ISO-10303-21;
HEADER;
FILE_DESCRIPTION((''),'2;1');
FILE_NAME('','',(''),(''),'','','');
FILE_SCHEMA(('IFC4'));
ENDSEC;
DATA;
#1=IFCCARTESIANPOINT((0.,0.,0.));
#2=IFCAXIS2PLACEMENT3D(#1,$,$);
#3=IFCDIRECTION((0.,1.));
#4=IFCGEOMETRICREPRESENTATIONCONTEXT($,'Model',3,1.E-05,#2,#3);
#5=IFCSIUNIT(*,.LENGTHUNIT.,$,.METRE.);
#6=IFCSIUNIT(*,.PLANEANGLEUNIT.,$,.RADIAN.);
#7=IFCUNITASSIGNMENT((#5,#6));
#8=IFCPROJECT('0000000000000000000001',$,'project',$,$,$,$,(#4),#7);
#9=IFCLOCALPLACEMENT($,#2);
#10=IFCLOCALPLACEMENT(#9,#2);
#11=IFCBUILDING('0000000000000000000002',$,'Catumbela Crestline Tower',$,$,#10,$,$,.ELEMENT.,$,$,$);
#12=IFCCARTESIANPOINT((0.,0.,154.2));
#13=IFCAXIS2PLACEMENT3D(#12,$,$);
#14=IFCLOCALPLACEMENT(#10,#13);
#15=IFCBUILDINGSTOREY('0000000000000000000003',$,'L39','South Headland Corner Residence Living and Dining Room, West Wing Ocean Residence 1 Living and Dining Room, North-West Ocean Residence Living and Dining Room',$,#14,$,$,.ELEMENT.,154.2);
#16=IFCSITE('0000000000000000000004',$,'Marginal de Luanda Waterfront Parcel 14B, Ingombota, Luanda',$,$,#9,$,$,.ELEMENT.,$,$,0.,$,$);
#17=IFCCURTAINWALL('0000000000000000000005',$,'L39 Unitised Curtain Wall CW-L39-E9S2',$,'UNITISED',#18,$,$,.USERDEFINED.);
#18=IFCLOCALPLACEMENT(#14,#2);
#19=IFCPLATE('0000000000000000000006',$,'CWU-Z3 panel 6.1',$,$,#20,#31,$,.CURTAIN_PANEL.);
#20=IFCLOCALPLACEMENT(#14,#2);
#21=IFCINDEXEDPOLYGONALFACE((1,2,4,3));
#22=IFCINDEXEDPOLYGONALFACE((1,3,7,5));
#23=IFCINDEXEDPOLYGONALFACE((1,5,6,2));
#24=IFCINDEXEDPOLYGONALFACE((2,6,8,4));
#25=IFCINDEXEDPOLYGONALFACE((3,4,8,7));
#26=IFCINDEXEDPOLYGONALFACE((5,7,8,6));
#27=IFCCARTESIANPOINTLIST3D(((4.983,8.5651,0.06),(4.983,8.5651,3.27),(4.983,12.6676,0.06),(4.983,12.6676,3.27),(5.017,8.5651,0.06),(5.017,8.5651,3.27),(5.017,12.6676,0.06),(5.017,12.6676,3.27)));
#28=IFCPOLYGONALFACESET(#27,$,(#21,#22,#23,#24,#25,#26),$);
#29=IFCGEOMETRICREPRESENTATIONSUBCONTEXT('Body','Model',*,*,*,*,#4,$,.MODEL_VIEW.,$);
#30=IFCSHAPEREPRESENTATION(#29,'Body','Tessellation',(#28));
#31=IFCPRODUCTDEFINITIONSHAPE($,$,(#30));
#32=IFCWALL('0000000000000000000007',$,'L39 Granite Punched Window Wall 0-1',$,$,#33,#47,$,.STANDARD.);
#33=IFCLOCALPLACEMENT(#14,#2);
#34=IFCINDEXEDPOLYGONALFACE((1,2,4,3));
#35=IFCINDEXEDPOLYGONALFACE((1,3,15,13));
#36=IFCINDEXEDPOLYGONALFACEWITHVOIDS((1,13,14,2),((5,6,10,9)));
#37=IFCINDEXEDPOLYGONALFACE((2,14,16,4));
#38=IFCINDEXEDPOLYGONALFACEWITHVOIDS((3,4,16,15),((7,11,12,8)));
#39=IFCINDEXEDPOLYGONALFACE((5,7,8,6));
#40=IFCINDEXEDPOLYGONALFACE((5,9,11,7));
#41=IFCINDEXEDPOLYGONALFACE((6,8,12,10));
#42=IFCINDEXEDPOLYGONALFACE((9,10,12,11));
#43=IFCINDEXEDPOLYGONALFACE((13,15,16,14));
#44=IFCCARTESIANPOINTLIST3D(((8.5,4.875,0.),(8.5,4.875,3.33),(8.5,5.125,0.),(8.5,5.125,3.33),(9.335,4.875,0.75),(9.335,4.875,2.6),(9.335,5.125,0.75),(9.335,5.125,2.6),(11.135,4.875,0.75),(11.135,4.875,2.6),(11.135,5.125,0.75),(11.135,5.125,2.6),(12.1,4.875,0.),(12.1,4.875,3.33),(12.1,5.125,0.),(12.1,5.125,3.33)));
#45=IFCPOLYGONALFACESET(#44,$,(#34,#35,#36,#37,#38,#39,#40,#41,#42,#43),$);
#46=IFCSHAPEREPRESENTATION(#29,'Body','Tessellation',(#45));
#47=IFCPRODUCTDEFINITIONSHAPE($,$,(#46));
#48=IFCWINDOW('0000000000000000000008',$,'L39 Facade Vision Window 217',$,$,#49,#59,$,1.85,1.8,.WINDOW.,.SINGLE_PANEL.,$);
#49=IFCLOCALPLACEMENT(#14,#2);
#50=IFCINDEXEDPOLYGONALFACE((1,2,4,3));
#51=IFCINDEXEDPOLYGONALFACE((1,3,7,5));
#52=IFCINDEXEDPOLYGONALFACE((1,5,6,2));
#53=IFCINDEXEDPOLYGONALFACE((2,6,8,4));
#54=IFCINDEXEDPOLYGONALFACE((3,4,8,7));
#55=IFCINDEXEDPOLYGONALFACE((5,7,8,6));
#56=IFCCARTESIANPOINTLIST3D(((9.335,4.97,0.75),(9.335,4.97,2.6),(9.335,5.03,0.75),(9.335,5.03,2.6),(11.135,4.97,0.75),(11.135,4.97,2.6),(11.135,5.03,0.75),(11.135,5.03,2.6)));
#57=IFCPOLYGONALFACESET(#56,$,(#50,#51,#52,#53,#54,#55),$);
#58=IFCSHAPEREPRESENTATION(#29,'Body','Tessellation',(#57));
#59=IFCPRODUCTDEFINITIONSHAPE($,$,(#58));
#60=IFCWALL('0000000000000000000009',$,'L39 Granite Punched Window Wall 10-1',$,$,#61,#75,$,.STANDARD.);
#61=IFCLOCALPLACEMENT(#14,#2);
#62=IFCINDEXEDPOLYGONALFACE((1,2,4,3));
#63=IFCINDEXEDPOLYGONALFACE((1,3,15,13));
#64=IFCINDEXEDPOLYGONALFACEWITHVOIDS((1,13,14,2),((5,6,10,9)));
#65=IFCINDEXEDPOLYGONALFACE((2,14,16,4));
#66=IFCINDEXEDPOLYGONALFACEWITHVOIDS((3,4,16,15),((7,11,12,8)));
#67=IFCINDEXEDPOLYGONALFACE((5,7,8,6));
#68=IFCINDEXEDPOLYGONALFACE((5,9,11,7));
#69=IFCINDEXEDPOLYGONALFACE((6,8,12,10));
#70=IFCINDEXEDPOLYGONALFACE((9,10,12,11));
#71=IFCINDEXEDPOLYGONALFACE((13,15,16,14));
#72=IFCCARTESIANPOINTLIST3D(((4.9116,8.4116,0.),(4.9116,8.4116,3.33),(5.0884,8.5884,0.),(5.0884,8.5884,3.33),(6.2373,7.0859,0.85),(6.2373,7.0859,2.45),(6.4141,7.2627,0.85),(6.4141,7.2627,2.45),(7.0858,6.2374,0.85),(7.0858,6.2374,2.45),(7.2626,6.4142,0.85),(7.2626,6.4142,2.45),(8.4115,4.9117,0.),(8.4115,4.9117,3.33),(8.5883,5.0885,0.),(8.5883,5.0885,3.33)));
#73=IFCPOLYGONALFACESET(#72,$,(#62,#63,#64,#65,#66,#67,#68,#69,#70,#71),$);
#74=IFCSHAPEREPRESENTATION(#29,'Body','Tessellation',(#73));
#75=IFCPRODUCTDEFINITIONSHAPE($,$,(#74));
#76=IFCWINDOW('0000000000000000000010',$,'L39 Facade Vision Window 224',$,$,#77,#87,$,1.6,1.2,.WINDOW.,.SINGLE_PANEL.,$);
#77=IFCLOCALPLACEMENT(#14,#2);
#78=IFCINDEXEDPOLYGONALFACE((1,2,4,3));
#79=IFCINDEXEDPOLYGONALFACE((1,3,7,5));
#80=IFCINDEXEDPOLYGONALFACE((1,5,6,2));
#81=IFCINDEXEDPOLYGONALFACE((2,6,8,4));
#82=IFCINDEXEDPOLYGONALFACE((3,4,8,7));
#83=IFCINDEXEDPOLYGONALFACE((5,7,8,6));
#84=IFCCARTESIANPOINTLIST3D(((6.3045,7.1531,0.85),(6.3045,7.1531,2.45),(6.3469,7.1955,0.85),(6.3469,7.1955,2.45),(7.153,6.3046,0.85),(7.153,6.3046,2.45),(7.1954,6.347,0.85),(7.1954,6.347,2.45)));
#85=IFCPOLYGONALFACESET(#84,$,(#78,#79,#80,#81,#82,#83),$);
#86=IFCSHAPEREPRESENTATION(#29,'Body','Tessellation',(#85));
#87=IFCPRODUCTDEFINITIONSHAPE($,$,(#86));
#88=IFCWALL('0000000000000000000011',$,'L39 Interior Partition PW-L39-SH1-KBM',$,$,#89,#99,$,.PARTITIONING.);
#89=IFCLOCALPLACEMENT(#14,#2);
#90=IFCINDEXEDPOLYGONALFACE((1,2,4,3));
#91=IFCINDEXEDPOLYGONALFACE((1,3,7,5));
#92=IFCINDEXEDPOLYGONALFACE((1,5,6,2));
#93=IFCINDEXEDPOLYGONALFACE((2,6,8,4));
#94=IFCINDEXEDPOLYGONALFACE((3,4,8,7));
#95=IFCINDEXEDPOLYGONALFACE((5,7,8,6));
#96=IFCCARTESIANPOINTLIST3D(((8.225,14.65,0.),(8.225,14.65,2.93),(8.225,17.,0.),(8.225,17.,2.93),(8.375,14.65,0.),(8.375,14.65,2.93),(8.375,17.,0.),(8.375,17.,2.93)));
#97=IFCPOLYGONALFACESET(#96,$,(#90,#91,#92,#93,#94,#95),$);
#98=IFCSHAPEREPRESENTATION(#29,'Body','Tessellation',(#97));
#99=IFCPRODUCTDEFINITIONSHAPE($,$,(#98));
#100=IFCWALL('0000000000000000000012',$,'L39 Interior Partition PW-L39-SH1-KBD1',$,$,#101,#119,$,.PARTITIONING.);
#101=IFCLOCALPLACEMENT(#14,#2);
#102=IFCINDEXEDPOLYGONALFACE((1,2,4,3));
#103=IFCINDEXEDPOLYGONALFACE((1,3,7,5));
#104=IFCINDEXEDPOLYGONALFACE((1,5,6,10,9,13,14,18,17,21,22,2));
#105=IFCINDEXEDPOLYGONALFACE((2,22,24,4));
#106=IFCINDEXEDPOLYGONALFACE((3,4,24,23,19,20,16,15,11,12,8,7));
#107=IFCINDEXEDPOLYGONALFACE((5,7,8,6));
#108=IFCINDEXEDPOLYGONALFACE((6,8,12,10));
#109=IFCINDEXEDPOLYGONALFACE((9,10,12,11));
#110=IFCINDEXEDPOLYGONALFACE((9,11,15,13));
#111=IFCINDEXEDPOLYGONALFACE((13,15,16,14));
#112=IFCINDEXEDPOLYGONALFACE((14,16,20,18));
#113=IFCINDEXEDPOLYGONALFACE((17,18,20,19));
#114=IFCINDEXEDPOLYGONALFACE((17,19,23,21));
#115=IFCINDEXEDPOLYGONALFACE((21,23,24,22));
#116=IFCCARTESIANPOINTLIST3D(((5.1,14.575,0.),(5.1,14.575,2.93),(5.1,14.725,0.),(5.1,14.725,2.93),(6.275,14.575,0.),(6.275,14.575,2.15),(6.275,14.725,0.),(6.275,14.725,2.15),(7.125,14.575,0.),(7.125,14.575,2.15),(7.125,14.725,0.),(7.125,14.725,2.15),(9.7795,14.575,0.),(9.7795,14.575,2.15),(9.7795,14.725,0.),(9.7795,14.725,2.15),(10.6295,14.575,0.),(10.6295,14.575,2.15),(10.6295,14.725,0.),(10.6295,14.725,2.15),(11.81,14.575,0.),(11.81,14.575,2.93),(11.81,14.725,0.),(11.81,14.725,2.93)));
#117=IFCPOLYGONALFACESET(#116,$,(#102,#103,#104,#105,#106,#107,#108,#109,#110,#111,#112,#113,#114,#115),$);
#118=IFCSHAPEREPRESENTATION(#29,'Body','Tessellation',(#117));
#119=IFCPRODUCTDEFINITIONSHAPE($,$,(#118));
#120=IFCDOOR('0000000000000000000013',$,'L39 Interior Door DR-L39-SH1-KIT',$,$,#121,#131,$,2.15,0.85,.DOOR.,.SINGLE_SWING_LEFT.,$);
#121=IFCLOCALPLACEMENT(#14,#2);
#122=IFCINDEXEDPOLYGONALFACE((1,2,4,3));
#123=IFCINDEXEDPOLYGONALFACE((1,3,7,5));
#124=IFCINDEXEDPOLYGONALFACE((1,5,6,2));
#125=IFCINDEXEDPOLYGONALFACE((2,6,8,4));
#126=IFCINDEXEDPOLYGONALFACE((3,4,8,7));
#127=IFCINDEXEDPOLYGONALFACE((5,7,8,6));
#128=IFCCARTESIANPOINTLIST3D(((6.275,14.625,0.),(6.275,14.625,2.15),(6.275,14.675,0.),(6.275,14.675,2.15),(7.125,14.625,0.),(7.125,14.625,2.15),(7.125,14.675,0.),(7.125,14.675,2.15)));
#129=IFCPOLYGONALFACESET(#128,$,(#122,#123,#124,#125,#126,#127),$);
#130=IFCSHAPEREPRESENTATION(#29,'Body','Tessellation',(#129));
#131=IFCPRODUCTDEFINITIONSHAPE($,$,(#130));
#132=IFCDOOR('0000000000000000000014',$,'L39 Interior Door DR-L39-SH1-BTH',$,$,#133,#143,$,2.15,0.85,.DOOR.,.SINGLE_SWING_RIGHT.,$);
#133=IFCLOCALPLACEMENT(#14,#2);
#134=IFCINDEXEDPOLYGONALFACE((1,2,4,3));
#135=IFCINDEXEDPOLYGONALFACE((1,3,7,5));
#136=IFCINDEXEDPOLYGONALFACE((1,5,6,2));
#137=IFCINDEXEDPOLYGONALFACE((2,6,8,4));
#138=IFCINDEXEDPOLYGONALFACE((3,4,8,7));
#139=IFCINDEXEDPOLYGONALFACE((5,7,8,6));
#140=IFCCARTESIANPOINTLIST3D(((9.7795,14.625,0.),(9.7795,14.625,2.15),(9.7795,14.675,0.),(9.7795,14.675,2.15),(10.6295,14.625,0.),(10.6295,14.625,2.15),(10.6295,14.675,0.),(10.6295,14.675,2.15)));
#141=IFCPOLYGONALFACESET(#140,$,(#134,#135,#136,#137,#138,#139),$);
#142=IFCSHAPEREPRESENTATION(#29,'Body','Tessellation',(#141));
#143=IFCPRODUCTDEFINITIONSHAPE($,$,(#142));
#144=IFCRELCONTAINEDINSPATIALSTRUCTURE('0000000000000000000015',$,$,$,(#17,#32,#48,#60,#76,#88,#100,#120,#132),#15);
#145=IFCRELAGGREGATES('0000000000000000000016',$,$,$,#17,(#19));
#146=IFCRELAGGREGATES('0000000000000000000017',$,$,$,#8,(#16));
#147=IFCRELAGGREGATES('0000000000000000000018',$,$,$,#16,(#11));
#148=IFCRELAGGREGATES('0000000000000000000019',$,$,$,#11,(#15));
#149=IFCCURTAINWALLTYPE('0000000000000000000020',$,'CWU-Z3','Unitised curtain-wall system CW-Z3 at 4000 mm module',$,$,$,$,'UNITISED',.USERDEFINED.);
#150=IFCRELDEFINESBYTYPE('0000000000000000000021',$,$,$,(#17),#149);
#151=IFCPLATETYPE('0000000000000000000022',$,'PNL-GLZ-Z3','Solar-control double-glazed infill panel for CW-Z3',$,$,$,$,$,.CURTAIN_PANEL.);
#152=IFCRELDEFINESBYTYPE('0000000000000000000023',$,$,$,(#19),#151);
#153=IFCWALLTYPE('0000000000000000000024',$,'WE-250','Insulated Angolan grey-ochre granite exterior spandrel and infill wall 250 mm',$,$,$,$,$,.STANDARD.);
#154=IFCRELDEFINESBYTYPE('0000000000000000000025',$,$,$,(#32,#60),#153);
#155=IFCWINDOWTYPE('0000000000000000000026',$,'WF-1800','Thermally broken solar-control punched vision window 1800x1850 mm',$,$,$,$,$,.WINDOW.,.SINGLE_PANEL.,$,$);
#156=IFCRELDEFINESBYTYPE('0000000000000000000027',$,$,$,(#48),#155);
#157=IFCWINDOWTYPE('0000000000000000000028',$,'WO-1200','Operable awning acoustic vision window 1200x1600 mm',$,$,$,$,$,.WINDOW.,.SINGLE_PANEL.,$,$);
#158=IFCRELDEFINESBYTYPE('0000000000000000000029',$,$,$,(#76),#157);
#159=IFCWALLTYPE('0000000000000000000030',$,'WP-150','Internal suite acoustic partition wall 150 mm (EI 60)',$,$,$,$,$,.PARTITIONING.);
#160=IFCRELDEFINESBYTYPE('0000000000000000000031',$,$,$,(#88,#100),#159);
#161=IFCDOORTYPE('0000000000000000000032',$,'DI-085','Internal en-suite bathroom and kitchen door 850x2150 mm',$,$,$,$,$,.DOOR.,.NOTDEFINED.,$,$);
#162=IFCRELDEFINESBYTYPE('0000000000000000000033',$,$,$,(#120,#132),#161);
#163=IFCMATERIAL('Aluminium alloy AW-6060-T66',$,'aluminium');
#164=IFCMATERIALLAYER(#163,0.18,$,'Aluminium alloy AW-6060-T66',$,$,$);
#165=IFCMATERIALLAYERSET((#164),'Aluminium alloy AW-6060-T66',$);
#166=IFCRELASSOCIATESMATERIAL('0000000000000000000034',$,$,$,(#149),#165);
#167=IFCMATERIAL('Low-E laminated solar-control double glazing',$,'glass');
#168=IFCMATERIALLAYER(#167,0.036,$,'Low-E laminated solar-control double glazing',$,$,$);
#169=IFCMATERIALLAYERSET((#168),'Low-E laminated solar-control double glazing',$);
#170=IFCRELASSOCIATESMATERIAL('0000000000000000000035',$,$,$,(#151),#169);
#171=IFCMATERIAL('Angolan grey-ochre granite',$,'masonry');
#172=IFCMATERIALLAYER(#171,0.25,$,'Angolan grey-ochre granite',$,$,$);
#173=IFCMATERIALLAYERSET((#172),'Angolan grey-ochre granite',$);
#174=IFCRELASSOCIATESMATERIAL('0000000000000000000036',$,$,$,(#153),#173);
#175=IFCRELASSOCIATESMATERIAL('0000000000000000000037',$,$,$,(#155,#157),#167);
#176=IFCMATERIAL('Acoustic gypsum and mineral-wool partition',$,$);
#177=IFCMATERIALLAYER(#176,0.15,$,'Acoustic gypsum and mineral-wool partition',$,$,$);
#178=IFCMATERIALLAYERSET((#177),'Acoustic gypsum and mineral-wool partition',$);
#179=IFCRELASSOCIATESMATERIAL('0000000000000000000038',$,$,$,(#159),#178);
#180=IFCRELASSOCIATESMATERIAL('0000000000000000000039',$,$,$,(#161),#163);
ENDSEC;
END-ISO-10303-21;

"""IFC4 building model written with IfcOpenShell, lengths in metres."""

from ifc_helpers import new_model, si_unit, direction, frame, frame_2d, origin, origin_2d, place, context, subcontext, project, spatial, rectangle, extrude, material, layer, layer_set, type_object, element, fill, aggregate, save


model = new_model("IFC4")

# Units and contexts
model_context = context("Model", 3, precision=1e-05, world=origin(), true_north=direction((0.0, 1.0)))
body_context = subcontext(model_context, "Body", "Model", "MODEL_VIEW")
ifc_project = project(units=[si_unit("LENGTHUNIT", "METRE"), si_unit("PLANEANGLEUNIT", "RADIAN")], contexts=[model_context])

# Site, building, storey
site_placement = place(None, origin())
site = spatial("IfcSite", under=ifc_project, at=site_placement, Name="Marginal de Luanda Waterfront Parcel 14B, Ingombota, Luanda", CompositionType="ELEMENT", RefElevation=0.0)
building_placement = place(site_placement, origin())
building = spatial("IfcBuilding", under=site, at=building_placement, Name="Catumbela Crestline Tower", CompositionType="ELEMENT")
storey_placement = place(building_placement, frame((0.0, 0.0, 154.2)))
storey = spatial("IfcBuildingStorey", under=building, at=storey_placement, Name="L39", Description="South Headland Corner Residence Living and Dining Room, West Wing Ocean Residence 1 Living and Dining Room, North-West Ocean Residence Living and Dining Room", CompositionType="ELEMENT", Elevation=154.2)

# Curtain wall, plate
ifc_material_1 = material(Name="Aluminium alloy AW-6060-T66", Category="aluminium")
ifc_layer_1 = layer(ifc_material_1, 0.18, Name="Aluminium alloy AW-6060-T66")
ifc_layer_set_1 = layer_set([ifc_layer_1], Name="Aluminium alloy AW-6060-T66")
curtain_wall_type = type_object("IfcCurtainWallType", Name="CWU-Z3", Description="Unitised curtain-wall system CW-Z3 at 4000 mm module", ElementType="UNITISED", PredefinedType="USERDEFINED", material=ifc_layer_set_1)
curtain_wall_placement = place(storey_placement, origin())
curtain_wall = element("IfcCurtainWall", 1, at=curtain_wall_placement, inside=storey, type_object=curtain_wall_type, Name="L39 Unitised Curtain Wall CW-L39-E9S2", ObjectType="UNITISED", PredefinedType="USERDEFINED")
ifc_material_2 = material(Name="Low-E laminated solar-control double glazing", Category="glass")
ifc_layer_2 = layer(ifc_material_2, 0.036, Name="Low-E laminated solar-control double glazing")
ifc_layer_set_2 = layer_set([ifc_layer_2], Name="Low-E laminated solar-control double glazing")
plate_type = type_object("IfcPlateType", Name="PNL-GLZ-Z3", Description="Solar-control double-glazed infill panel for CW-Z3", PredefinedType="CURTAIN_PANEL", material=ifc_layer_set_2)
plate_1_placement = place(storey_placement, frame((5.0, 10.6163, 0.06), z_axis=(0.0, 0.0, 1.0), x_axis=(0.0, -1.0, 0.0)))
plate_1 = element("IfcPlate", 2, at=plate_1_placement, type_object=plate_type, Name="CWU-Z3 panel 6.1", PredefinedType="CURTAIN_PANEL", context=body_context, shape_type="SweptSolid", body=[
    extrude(rectangle(XDim=4.1025, YDim=0.034, at=origin_2d()), origin(), (0.0, 0.0, 1.0), 3.21),
])
aggregate(curtain_wall, [plate_1])

# Walls, openings, windows
ifc_material_3 = material(Name="Angolan grey-ochre granite", Category="masonry")
ifc_layer_3 = layer(ifc_material_3, 0.25, Name="Angolan grey-ochre granite")
ifc_layer_set_3 = layer_set([ifc_layer_3], Name="Angolan grey-ochre granite")
wall_type_1 = type_object("IfcWallType", Name="WE-250", Description="Insulated Angolan grey-ochre granite exterior spandrel and infill wall 250 mm", PredefinedType="STANDARD", material=ifc_layer_set_3)
wall_1_placement = place(storey_placement, frame((8.5, 5.0, 0.0), z_axis=(0.0, 0.0, 1.0), x_axis=(1.0, 0.0, 0.0)))
wall_1 = element("IfcWall", 3, at=wall_1_placement, inside=storey, type_object=wall_type_1, Name="L39 Granite Punched Window Wall 0-1", PredefinedType="STANDARD", context=body_context, shape_type="SweptSolid", body=[
    extrude(rectangle(XDim=3.6, YDim=0.25, at=frame_2d((1.8, 0.0))), origin(), (0.0, 0.0, 1.0), 3.33),
])
opening_1_placement = place(wall_1_placement, frame((0.835, 0.0, 0.75)))
opening_1 = element("IfcOpeningElement", 4, at=opening_1_placement, cuts=wall_1, PredefinedType="OPENING", context=body_context, shape_type="SweptSolid", body=[
    extrude(rectangle(XDim=1.8, YDim=1.85, at=frame_2d((0.9, 0.925))), frame((0.0, 0.135, 0.0), z_axis=(0.0, -1.0, 0.0), x_axis=(1.0, 0.0, 0.0)), (0.0, 0.0, 1.0), 0.27),
])
window_type_1 = type_object("IfcWindowType", Name="WF-1800", Description="Thermally broken solar-control punched vision window 1800x1850 mm", PartitioningType="SINGLE_PANEL", PredefinedType="WINDOW", material=ifc_material_2)
window_1_placement = place(opening_1_placement, origin())
window_1 = element("IfcWindow", 5, at=window_1_placement, inside=storey, type_object=window_type_1, Name="L39 Facade Vision Window 217", OverallHeight=1.85, OverallWidth=1.8, PartitioningType="SINGLE_PANEL", PredefinedType="WINDOW", context=body_context, shape_type="SweptSolid", body=[
    extrude(rectangle(XDim=1.8, YDim=1.85, at=frame_2d((0.9, 0.925))), frame((0.0, 0.03, 0.0), z_axis=(0.0, -1.0, 0.0), x_axis=(1.0, 0.0, 0.0)), (0.0, 0.0, 1.0), 0.06),
])
fill(opening_1, window_1)
wall_2_placement = place(storey_placement, frame((5.0, 8.5, 0.0), z_axis=(0.0, 0.0, 1.0), x_axis=(0.707107, -0.707107, 0.0)))
wall_2 = element("IfcWall", 6, at=wall_2_placement, inside=storey, type_object=wall_type_1, Name="L39 Granite Punched Window Wall 10-1", PredefinedType="STANDARD", context=body_context, shape_type="SweptSolid", body=[
    extrude(rectangle(XDim=4.9497, YDim=0.25, at=frame_2d((2.4748, 0.0))), origin(), (0.0, 0.0, 1.0), 3.33),
])
opening_2_placement = place(wall_2_placement, frame((1.8748, 0.0, 0.85)))
opening_2 = element("IfcOpeningElement", 7, at=opening_2_placement, cuts=wall_2, PredefinedType="OPENING", context=body_context, shape_type="SweptSolid", body=[
    extrude(rectangle(XDim=1.2, YDim=1.6, at=frame_2d((0.6, 0.8))), frame((0.0, 0.135, 0.0), z_axis=(0.0, -1.0, 0.0), x_axis=(1.0, 0.0, 0.0)), (0.0, 0.0, 1.0), 0.27),
])
window_type_2 = type_object("IfcWindowType", Name="WO-1200", Description="Operable awning acoustic vision window 1200x1600 mm", PartitioningType="SINGLE_PANEL", PredefinedType="WINDOW", material=ifc_material_2)
window_2_placement = place(opening_2_placement, origin())
window_2 = element("IfcWindow", 8, at=window_2_placement, inside=storey, type_object=window_type_2, Name="L39 Facade Vision Window 224", OverallHeight=1.6, OverallWidth=1.2, PartitioningType="SINGLE_PANEL", PredefinedType="WINDOW", context=body_context, shape_type="SweptSolid", body=[
    extrude(rectangle(XDim=1.2, YDim=1.6, at=frame_2d((0.6, 0.8))), frame((0.0, 0.03, 0.0), z_axis=(0.0, -1.0, 0.0), x_axis=(1.0, 0.0, 0.0)), (0.0, 0.0, 1.0), 0.06),
])
fill(opening_2, window_2)

# Wall
ifc_material_4 = material(Name="Acoustic gypsum and mineral-wool partition")
ifc_layer_4 = layer(ifc_material_4, 0.15, Name="Acoustic gypsum and mineral-wool partition")
ifc_layer_set_4 = layer_set([ifc_layer_4], Name="Acoustic gypsum and mineral-wool partition")
wall_type_2 = type_object("IfcWallType", Name="WP-150", Description="Internal suite acoustic partition wall 150 mm (EI 60)", PredefinedType="PARTITIONING", material=ifc_layer_set_4)
wall_3_placement = place(storey_placement, frame((8.3, 14.65, 0.0), z_axis=(0.0, 0.0, 1.0), x_axis=(0.0, 1.0, 0.0)))
element("IfcWall", 9, at=wall_3_placement, inside=storey, type_object=wall_type_2, Name="L39 Interior Partition PW-L39-SH1-KBM", PredefinedType="PARTITIONING", context=body_context, shape_type="SweptSolid", body=[
    extrude(rectangle(XDim=2.35, YDim=0.15, at=frame_2d((1.175, 0.0))), origin(), (0.0, 0.0, 1.0), 2.93),
])

# Wall, openings, doors
wall_4_placement = place(storey_placement, frame((5.1, 14.65, 0.0), z_axis=(0.0, 0.0, 1.0), x_axis=(1.0, 0.0, 0.0)))
wall_4 = element("IfcWall", 10, at=wall_4_placement, inside=storey, type_object=wall_type_2, Name="L39 Interior Partition PW-L39-SH1-KBD1", PredefinedType="PARTITIONING", context=body_context, shape_type="SweptSolid", body=[
    extrude(rectangle(XDim=6.71, YDim=0.15, at=frame_2d((3.355, 0.0))), origin(), (0.0, 0.0, 1.0), 2.93),
])
opening_3_placement = place(wall_4_placement, frame((1.175, 0.0, 0.0)))
opening_3 = element("IfcOpeningElement", 11, at=opening_3_placement, cuts=wall_4, PredefinedType="OPENING", context=body_context, shape_type="SweptSolid", body=[
    extrude(rectangle(XDim=0.85, YDim=2.15, at=frame_2d((0.425, 1.075))), frame((0.0, 0.085, 0.0), z_axis=(0.0, -1.0, 0.0), x_axis=(1.0, 0.0, 0.0)), (0.0, 0.0, 1.0), 0.17),
])
opening_4_placement = place(wall_4_placement, frame((4.6795, 0.0, 0.0)))
opening_4 = element("IfcOpeningElement", 12, at=opening_4_placement, cuts=wall_4, PredefinedType="OPENING", context=body_context, shape_type="SweptSolid", body=[
    extrude(rectangle(XDim=0.85, YDim=2.15, at=frame_2d((0.425, 1.075))), frame((0.0, 0.085, 0.0), z_axis=(0.0, -1.0, 0.0), x_axis=(1.0, 0.0, 0.0)), (0.0, 0.0, 1.0), 0.17),
])
door_type_1 = type_object("IfcDoorType", Name="DI-085", Description="Internal en-suite bathroom and kitchen door 850x2150 mm", OperationType="NOTDEFINED", PredefinedType="DOOR", material=ifc_material_1)
door_1_placement = place(opening_3_placement, origin())
door_1 = element("IfcDoor", 13, at=door_1_placement, inside=storey, type_object=door_type_1, Name="L39 Interior Door DR-L39-SH1-KIT", OperationType="SINGLE_SWING_LEFT", OverallHeight=2.15, OverallWidth=0.85, PredefinedType="DOOR", context=body_context, shape_type="SweptSolid", body=[
    extrude(rectangle(XDim=0.85, YDim=2.15, at=frame_2d((0.425, 1.075))), frame((0.0, 0.025, 0.0), z_axis=(0.0, -1.0, 0.0), x_axis=(1.0, 0.0, 0.0)), (0.0, 0.0, 1.0), 0.05),
])
fill(opening_3, door_1)
door_2_placement = place(opening_4_placement, origin())
door_2 = element("IfcDoor", 14, at=door_2_placement, inside=storey, type_object=door_type_1, Name="L39 Interior Door DR-L39-SH1-BTH", OperationType="SINGLE_SWING_RIGHT", OverallHeight=2.15, OverallWidth=0.85, PredefinedType="DOOR", context=body_context, shape_type="SweptSolid", body=[
    extrude(rectangle(XDim=0.85, YDim=2.15, at=frame_2d((0.425, 1.075))), frame((0.0, 0.025, 0.0), z_axis=(0.0, -1.0, 0.0), x_axis=(1.0, 0.0, 0.0)), (0.0, 0.0, 1.0), 0.05),
])
fill(opening_4, door_2)

save(model, "model.ifc")
